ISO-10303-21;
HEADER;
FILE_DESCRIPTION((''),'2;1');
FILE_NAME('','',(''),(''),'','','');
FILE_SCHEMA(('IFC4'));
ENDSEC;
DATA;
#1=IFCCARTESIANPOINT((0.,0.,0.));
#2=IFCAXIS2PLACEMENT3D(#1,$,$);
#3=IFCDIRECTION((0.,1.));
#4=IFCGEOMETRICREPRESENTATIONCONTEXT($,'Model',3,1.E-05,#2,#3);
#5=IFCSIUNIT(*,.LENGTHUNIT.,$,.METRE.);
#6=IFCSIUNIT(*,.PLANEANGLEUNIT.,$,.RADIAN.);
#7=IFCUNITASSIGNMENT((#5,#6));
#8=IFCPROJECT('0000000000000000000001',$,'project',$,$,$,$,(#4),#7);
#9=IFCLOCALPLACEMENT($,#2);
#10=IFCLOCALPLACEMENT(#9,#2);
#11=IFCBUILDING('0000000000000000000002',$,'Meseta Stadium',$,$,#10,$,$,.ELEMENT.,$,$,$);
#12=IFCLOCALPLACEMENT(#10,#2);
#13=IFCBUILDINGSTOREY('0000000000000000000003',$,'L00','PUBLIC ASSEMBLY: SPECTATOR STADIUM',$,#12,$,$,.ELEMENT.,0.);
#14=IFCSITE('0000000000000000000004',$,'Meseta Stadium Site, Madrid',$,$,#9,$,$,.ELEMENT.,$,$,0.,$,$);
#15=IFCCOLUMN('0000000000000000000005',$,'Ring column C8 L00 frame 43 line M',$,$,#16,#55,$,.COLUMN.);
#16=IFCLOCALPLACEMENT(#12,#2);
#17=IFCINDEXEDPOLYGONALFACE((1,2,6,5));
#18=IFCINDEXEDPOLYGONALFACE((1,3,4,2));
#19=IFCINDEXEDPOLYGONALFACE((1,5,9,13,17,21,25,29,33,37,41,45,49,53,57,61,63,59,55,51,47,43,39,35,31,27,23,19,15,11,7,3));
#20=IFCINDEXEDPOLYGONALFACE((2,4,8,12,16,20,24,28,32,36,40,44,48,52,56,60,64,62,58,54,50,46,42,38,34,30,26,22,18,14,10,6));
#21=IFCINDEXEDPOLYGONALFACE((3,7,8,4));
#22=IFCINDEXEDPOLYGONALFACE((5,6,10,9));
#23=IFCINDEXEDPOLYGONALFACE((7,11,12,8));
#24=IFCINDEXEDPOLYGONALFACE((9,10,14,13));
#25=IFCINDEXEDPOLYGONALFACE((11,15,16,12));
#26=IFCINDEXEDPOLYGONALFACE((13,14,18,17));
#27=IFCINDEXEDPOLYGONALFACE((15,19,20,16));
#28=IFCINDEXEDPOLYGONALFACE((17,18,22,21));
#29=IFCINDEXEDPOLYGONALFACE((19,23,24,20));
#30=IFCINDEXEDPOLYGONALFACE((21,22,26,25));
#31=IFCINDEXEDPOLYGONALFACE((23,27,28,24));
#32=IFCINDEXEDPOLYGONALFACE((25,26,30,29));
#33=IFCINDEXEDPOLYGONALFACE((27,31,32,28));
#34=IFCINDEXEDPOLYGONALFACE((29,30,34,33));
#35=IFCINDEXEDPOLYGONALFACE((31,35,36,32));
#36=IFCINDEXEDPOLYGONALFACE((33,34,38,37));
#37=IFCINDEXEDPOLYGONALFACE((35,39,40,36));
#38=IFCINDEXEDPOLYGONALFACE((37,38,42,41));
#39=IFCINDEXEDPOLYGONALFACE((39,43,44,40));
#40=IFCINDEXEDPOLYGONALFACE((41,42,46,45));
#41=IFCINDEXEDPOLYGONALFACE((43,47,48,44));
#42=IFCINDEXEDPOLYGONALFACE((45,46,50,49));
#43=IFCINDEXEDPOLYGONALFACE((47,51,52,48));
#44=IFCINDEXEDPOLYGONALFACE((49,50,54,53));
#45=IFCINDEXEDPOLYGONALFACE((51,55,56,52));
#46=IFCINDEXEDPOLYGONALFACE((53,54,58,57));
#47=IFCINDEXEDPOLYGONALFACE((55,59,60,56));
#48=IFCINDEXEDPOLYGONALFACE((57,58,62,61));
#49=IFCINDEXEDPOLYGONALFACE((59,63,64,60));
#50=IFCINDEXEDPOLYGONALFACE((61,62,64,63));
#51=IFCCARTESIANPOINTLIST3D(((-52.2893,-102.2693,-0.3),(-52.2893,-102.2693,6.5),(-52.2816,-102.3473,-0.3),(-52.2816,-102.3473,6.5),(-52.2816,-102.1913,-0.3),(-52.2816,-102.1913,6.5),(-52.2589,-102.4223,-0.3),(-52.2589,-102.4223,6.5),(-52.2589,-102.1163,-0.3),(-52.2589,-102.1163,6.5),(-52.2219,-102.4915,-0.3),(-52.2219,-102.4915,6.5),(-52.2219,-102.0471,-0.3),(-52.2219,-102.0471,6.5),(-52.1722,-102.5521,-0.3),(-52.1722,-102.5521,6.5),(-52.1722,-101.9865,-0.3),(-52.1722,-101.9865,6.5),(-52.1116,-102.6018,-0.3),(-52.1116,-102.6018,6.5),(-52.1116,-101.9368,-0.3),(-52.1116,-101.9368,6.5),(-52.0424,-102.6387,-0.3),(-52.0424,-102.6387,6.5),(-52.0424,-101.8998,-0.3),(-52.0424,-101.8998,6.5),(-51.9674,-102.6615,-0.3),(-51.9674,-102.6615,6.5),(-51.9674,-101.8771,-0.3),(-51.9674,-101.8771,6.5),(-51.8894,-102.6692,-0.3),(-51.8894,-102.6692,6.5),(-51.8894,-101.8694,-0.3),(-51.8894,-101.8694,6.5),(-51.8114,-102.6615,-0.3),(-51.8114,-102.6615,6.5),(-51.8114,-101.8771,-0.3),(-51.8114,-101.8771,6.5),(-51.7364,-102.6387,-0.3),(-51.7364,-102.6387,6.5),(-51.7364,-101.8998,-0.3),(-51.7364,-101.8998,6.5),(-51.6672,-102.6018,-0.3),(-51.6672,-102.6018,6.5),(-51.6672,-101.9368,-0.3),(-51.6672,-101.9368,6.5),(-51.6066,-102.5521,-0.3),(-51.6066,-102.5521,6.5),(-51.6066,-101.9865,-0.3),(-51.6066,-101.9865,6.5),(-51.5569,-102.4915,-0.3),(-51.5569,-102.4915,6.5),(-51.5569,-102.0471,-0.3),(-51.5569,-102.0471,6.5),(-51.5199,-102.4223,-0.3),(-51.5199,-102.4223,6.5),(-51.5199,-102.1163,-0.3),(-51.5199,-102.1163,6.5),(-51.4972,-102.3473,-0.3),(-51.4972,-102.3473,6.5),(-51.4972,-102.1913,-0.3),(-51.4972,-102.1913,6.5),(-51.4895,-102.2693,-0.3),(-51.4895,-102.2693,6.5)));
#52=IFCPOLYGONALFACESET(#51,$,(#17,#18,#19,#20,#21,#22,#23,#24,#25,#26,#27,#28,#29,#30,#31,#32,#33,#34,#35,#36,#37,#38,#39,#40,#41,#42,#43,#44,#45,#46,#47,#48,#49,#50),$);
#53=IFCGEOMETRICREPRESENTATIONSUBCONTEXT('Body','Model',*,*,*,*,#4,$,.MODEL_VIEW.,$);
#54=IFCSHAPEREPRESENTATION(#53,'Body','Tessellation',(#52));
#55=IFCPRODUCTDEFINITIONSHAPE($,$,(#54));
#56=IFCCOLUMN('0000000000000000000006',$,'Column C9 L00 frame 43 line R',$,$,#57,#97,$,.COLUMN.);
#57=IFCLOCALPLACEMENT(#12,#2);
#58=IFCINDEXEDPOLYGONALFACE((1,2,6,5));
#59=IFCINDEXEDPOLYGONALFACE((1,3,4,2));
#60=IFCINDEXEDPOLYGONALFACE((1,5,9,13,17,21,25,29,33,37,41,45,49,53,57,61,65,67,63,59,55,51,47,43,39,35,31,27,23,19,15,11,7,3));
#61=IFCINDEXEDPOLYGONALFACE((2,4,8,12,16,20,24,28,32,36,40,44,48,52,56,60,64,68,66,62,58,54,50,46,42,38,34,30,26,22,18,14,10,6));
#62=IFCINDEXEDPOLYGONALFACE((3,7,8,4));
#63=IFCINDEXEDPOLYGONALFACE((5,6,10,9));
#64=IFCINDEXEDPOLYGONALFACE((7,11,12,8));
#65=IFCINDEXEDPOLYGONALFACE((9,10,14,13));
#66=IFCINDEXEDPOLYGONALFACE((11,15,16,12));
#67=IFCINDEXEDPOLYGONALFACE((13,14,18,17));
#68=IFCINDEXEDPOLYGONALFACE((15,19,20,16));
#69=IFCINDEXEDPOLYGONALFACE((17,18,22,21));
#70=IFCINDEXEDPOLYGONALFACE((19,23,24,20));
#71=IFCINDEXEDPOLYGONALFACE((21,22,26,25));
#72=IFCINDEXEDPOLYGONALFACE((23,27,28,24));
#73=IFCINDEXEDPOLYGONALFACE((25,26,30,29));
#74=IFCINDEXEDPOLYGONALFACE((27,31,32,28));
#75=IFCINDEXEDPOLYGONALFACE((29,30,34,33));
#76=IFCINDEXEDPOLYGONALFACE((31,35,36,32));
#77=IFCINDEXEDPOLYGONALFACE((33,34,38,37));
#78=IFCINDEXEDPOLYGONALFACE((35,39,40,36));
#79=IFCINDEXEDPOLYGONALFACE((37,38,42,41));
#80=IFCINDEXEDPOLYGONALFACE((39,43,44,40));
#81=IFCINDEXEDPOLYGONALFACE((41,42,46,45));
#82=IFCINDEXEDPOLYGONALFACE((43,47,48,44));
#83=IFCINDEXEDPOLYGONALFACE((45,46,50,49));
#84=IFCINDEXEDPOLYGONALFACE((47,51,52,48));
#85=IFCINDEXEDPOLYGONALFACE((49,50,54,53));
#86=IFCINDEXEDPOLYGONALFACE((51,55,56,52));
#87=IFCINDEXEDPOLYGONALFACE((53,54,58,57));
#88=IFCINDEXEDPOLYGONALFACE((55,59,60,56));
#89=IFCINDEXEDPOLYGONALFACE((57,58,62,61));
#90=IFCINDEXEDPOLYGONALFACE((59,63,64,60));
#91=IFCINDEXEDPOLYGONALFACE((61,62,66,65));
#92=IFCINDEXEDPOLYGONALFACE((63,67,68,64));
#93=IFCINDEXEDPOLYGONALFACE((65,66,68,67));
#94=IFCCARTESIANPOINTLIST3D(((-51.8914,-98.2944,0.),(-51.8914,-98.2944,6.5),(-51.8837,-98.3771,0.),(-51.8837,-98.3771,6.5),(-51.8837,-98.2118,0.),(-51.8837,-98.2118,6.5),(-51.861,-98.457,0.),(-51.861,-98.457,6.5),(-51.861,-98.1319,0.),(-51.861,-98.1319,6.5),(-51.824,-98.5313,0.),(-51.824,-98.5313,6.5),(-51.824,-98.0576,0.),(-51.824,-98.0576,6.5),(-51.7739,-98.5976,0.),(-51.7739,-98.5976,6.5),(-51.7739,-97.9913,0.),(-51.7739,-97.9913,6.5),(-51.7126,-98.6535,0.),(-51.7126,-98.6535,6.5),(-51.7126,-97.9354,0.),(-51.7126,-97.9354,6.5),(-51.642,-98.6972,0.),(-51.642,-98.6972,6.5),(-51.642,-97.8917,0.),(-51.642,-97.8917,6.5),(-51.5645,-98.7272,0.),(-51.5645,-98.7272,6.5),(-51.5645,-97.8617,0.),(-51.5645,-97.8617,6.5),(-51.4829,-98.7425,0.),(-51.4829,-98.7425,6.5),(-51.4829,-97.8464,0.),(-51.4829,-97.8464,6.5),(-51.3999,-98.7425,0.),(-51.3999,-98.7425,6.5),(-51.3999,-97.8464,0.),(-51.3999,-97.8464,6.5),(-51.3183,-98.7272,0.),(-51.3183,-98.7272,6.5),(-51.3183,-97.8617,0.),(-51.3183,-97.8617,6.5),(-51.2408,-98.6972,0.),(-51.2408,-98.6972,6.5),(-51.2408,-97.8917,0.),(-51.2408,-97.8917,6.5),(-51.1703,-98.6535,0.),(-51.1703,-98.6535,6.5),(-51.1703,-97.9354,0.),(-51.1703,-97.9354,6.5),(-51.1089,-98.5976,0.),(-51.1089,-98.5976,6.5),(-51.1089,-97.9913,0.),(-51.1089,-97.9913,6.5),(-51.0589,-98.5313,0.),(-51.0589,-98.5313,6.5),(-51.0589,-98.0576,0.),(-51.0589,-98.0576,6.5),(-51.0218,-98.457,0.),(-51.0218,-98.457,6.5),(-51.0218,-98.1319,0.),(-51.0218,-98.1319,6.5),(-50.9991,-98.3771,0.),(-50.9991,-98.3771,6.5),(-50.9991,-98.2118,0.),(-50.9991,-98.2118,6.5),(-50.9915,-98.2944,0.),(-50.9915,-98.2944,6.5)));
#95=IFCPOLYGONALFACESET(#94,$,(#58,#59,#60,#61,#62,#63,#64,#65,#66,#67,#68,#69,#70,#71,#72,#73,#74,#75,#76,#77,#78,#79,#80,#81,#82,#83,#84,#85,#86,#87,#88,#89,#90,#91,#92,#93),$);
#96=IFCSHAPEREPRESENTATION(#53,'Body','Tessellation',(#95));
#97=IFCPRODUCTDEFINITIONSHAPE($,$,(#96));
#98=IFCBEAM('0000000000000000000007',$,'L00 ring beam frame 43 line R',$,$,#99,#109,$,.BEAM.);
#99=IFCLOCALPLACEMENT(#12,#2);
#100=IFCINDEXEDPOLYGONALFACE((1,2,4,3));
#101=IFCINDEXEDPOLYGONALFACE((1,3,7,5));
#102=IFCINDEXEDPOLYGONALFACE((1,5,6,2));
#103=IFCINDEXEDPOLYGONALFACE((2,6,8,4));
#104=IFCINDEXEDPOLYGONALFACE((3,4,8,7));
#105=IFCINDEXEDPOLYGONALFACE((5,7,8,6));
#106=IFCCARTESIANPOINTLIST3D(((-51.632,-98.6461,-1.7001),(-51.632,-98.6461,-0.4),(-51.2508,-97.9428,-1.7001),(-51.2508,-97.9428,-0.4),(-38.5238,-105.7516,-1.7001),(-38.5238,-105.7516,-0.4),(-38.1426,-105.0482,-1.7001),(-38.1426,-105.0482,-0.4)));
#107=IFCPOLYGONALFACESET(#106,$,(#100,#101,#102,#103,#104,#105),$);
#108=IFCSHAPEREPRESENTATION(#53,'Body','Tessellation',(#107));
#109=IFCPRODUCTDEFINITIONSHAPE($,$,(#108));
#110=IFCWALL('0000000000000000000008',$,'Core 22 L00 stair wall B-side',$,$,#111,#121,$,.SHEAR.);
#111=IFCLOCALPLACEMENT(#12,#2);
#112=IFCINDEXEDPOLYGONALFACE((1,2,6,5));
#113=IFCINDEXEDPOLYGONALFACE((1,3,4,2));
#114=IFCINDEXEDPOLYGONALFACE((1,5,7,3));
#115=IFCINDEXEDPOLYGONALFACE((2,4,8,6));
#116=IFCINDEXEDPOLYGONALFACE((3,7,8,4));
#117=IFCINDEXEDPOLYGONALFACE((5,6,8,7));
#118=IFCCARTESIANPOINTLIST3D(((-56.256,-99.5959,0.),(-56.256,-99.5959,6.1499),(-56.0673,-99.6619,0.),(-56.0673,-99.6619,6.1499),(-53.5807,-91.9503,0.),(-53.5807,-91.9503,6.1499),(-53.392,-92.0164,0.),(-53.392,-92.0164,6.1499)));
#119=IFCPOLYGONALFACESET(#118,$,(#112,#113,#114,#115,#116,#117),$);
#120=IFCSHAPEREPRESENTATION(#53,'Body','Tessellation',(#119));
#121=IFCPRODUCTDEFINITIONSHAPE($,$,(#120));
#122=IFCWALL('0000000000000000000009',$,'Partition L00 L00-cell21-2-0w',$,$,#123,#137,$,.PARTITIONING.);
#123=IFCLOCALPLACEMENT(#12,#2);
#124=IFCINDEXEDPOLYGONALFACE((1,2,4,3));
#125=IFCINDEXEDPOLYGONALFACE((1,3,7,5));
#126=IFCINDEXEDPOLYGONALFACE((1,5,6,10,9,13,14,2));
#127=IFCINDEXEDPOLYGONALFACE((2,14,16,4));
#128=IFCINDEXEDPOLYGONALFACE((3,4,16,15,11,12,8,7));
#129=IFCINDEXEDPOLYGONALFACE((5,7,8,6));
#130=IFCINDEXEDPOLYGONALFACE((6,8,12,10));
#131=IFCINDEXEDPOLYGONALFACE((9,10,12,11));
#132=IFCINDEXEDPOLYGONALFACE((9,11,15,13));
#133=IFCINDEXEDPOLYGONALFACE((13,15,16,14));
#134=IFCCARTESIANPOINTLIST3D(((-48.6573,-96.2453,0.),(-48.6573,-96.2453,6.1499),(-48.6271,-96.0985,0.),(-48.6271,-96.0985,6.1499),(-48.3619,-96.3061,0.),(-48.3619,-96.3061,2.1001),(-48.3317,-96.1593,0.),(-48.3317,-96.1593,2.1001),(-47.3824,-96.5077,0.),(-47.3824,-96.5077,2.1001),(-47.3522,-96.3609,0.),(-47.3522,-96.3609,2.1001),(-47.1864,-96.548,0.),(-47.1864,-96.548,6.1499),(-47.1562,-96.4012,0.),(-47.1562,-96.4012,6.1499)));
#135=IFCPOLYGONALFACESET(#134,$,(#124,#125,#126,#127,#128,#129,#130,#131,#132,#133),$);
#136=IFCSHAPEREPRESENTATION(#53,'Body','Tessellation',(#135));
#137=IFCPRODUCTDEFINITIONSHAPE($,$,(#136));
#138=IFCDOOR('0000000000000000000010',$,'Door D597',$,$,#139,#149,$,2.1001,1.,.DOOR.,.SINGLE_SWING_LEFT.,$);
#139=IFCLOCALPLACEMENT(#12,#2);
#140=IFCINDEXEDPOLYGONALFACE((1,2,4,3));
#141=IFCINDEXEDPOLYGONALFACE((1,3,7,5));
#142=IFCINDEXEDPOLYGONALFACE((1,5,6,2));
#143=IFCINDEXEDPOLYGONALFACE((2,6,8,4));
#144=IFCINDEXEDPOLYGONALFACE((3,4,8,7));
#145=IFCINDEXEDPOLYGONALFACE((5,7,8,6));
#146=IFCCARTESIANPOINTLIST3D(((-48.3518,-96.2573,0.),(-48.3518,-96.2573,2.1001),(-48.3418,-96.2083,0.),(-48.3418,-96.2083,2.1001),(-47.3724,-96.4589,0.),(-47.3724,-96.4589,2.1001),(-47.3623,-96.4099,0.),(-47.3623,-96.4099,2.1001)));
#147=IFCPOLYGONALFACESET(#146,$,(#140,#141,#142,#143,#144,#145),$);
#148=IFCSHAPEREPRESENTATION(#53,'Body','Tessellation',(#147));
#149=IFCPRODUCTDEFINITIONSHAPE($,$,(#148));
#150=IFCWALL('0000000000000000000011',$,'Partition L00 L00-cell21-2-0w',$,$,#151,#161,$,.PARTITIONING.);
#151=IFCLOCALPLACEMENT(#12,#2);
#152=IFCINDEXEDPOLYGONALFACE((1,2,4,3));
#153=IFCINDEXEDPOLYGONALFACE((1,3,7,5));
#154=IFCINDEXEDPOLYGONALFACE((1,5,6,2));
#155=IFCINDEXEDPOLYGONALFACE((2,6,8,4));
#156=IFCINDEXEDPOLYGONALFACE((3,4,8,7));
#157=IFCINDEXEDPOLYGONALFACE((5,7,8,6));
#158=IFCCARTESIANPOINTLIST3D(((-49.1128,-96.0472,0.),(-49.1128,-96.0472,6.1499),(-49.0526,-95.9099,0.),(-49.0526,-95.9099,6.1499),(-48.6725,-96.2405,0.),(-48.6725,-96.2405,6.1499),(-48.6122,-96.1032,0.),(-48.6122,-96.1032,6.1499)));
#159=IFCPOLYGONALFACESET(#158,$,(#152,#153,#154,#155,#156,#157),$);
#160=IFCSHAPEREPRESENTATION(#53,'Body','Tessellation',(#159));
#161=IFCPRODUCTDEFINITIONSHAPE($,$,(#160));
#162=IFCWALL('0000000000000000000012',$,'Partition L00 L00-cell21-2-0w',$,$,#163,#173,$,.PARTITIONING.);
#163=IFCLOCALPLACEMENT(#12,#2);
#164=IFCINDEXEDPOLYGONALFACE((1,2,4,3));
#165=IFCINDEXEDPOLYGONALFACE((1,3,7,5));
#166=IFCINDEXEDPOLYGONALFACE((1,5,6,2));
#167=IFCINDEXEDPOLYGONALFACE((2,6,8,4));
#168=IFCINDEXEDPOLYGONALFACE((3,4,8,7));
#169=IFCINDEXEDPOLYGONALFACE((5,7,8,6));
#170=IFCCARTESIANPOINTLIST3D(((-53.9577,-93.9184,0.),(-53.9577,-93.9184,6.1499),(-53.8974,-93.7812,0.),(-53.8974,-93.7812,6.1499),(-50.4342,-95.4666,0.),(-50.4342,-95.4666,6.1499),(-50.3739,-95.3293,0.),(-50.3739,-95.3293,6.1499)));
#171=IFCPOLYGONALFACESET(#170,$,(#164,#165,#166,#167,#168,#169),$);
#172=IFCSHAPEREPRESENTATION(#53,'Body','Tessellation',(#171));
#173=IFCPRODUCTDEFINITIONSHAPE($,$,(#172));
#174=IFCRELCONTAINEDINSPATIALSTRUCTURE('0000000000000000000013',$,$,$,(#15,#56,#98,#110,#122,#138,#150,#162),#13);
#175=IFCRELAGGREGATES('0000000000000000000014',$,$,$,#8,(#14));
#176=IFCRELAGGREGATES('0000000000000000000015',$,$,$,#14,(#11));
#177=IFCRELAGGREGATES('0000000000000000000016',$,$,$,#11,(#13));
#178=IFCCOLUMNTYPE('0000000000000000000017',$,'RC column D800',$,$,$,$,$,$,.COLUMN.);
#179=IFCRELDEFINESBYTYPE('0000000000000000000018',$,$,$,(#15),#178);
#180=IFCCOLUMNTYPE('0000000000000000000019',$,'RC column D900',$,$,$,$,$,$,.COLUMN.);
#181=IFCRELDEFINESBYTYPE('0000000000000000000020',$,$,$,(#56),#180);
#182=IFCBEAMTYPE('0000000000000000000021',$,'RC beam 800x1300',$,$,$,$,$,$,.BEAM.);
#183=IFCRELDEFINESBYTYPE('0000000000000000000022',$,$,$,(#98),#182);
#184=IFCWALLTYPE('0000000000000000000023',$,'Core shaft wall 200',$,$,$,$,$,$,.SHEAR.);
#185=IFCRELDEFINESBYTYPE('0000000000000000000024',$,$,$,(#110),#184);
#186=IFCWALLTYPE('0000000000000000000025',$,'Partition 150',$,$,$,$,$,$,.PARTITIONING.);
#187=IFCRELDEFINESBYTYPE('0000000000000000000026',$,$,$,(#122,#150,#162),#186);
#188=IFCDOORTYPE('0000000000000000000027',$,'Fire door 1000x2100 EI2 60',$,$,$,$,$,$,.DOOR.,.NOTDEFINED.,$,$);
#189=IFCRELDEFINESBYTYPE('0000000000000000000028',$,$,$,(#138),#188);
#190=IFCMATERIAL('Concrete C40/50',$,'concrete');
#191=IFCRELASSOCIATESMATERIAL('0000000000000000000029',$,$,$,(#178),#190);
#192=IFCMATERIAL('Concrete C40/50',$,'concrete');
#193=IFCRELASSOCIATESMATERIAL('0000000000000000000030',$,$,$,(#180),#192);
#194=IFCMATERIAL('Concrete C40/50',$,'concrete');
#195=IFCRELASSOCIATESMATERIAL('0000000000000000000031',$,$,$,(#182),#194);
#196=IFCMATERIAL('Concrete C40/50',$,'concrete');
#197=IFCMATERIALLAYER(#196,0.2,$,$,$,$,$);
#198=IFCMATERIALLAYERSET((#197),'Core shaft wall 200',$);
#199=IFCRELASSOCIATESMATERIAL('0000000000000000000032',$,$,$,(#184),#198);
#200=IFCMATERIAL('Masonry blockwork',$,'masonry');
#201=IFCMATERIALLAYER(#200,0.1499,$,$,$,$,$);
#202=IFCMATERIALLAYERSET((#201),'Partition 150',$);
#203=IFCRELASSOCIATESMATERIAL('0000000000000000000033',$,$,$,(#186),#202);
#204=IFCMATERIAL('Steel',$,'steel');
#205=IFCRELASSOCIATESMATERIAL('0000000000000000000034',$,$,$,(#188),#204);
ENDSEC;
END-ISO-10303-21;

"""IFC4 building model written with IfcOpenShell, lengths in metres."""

from ifc_helpers import new_model, si_unit, direction, frame, frame_2d, origin, origin_2d, place, context, subcontext, project, spatial, rectangle, circle, extrude, material, layer, layer_set, material_profile, profile_set, type_object, element, fill, save


model = new_model("IFC4")

# Units and contexts
model_context = context("Model", 3, precision=1e-05, world=origin(), true_north=direction((0.0, 1.0)))
body_context = subcontext(model_context, "Body", "Model", "MODEL_VIEW")
ifc_project = project(units=[si_unit("LENGTHUNIT", "METRE"), si_unit("PLANEANGLEUNIT", "RADIAN")], contexts=[model_context])

# Site, building, storey
site_placement = place(None, origin())
site = spatial("IfcSite", under=ifc_project, at=site_placement, Name="Meseta Stadium Site, Madrid", CompositionType="ELEMENT", RefElevation=0.0)
building_placement = place(site_placement, origin())
building = spatial("IfcBuilding", under=site, at=building_placement, Name="Meseta Stadium", CompositionType="ELEMENT")
storey_placement = place(building_placement, origin())
storey = spatial("IfcBuildingStorey", under=building, at=storey_placement, Name="L00", Description="PUBLIC ASSEMBLY: SPECTATOR STADIUM", CompositionType="ELEMENT", Elevation=0.0)

# Columns
ifc_material_1 = material(Name="Concrete C40/50", Category="concrete")
ifc_material_profile_1 = material_profile(ifc_material_1, circle(Radius=0.3999, at=origin_2d()), Name="RC D800")
ifc_profile_set_1 = profile_set([ifc_material_profile_1], Name="Concrete C40/50")
column_type_1 = type_object("IfcColumnType", Name="RC column D800", PredefinedType="COLUMN", material=ifc_profile_set_1)
column_1_placement = place(storey_placement, frame((-51.8894, -102.2693, -0.3), z_axis=(0.0, 0.0, 1.0), x_axis=(1.0, 0.0, 0.0)))
element("IfcColumn", 1, at=column_1_placement, inside=storey, type_object=column_type_1, Name="Ring column C8 L00 frame 43 line M", PredefinedType="COLUMN", context=body_context, shape_type="SweptSolid", body=[
    extrude(circle(Radius=0.3999, at=origin_2d()), origin(), (0.0, 0.0, 1.0), 6.8),
])
ifc_material_2 = material(Name="Concrete C40/50", Category="concrete")
ifc_material_profile_2 = material_profile(ifc_material_2, circle(Radius=0.45, at=origin_2d()), Name="RC D900")
ifc_profile_set_2 = profile_set([ifc_material_profile_2], Name="Concrete C40/50")
column_type_2 = type_object("IfcColumnType", Name="RC column D900", PredefinedType="COLUMN", material=ifc_profile_set_2)
column_2_placement = place(storey_placement, frame((-51.4414, -98.2944, 0.0), z_axis=(0.0, 0.0, 1.0), x_axis=(1.0, 0.0, 0.0)))
element("IfcColumn", 2, at=column_2_placement, inside=storey, type_object=column_type_2, Name="Column C9 L00 frame 43 line R", PredefinedType="COLUMN", context=body_context, shape_type="SweptSolid", body=[
    extrude(circle(Radius=0.45, at=origin_2d()), origin(), (0.0, 0.0, 1.0), 6.5),
])

# Beam
ifc_material_3 = material(Name="Concrete C40/50", Category="concrete")
ifc_material_profile_3 = material_profile(ifc_material_3, rectangle(XDim=0.8, YDim=1.3, at=origin_2d()), Name="RC 800x1300")
ifc_profile_set_3 = profile_set([ifc_material_profile_3], Name="Concrete C40/50")
beam_type = type_object("IfcBeamType", Name="RC beam 800x1300", PredefinedType="BEAM", material=ifc_profile_set_3)
beam_placement = place(storey_placement, frame((-51.4414, -98.2944, -1.05), z_axis=(0.879145, -0.476554, 0.0), x_axis=(0.476554, 0.879145, 0.0)))
element("IfcBeam", 3, at=beam_placement, inside=storey, type_object=beam_type, Name="L00 ring beam frame 43 line R", PredefinedType="BEAM", context=body_context, shape_type="SweptSolid", body=[
    extrude(rectangle(XDim=0.8, YDim=1.3, at=origin_2d()), origin(), (0.0, 0.0, 1.0), 14.9102),
])

# Wall
ifc_material_4 = material(Name="Concrete C40/50", Category="concrete")
ifc_layer_1 = layer(ifc_material_4, 0.2)
ifc_layer_set_1 = layer_set([ifc_layer_1], Name="Core shaft wall 200")
wall_type_1 = type_object("IfcWallType", Name="Core shaft wall 200", PredefinedType="SHEAR", material=ifc_layer_set_1)
wall_1_placement = place(storey_placement, frame((-56.1616, -99.6289, 0.0), z_axis=(0.0, 0.0, 1.0), x_axis=(0.330281, 0.943883, 0.0)))
element("IfcWall", 4, at=wall_1_placement, inside=storey, type_object=wall_type_1, Name="Core 22 L00 stair wall B-side", PredefinedType="SHEAR", context=body_context, shape_type="SweptSolid", body=[
    extrude(rectangle(XDim=8.1001, YDim=0.2, at=frame_2d((4.05, 0.0))), origin(), (0.0, 0.0, 1.0), 6.1499),
])

# Wall, opening, door
ifc_material_5 = material(Name="Masonry blockwork", Category="masonry")
ifc_layer_2 = layer(ifc_material_5, 0.1499)
ifc_layer_set_2 = layer_set([ifc_layer_2], Name="Partition 150")
wall_type_2 = type_object("IfcWallType", Name="Partition 150", PredefinedType="PARTITIONING", material=ifc_layer_set_2)
wall_2_placement = place(storey_placement, frame((-48.6423, -96.1719, 0.0), z_axis=(0.0, 0.0, 1.0), x_axis=(0.979471, -0.201584, 0.0)))
wall_2 = element("IfcWall", 5, at=wall_2_placement, inside=storey, type_object=wall_type_2, Name="Partition L00 L00-cell21-2-0w", PredefinedType="PARTITIONING", context=body_context, shape_type="SweptSolid", body=[
    extrude(rectangle(XDim=1.5017, YDim=0.1499, at=frame_2d((0.751, 0.0))), origin(), (0.0, 0.0, 1.0), 6.1499),
])
opening_1_placement = place(wall_2_placement, frame((0.3018, 0.0, 0.0)))
opening_1 = element("IfcOpeningElement", 6, at=opening_1_placement, cuts=wall_2, PredefinedType="OPENING", context=body_context, shape_type="SweptSolid", body=[
    extrude(rectangle(XDim=1.0, YDim=2.1001, at=frame_2d((0.5, 1.05))), frame((0.0, 0.085, 0.0), z_axis=(0.0, -1.0, 0.0), x_axis=(1.0, 0.0, 0.0)), (0.0, 0.0, 1.0), 0.1699),
])
ifc_material_6 = material(Name="Steel", Category="steel")
door_type = type_object("IfcDoorType", Name="Fire door 1000x2100 EI2 60", OperationType="NOTDEFINED", PredefinedType="DOOR", material=ifc_material_6)
door_1_placement = place(opening_1_placement, origin())
door_1 = element("IfcDoor", 7, at=door_1_placement, inside=storey, type_object=door_type, Name="Door D597", OperationType="SINGLE_SWING_LEFT", OverallHeight=2.1001, OverallWidth=1.0, PredefinedType="DOOR", context=body_context, shape_type="SweptSolid", body=[
    extrude(rectangle(XDim=1.0, YDim=2.1001, at=frame_2d((0.5, 1.05))), frame((0.0, 0.0249, 0.0), z_axis=(0.0, -1.0, 0.0), x_axis=(1.0, 0.0, 0.0)), (0.0, 0.0, 1.0), 0.05),
])
fill(opening_1, door_1)

# Walls
wall_3_placement = place(storey_placement, frame((-48.6423, -96.1719, 0.0), z_axis=(0.0, 0.0, 1.0), x_axis=(-0.915644, 0.40199, 0.0)))
element("IfcWall", 8, at=wall_3_placement, inside=storey, type_object=wall_type_2, Name="Partition L00 L00-cell21-2-0w", PredefinedType="PARTITIONING", context=body_context, shape_type="SweptSolid", body=[
    extrude(rectangle(XDim=0.481, YDim=0.1499, at=frame_2d((0.2405, 0.0))), origin(), (0.0, 0.0, 1.0), 6.1499),
])
wall_4_placement = place(storey_placement, frame((-50.4041, -95.3979, 0.0), z_axis=(0.0, 0.0, 1.0), x_axis=(-0.915527, 0.402256, 0.0)))
element("IfcWall", 9, at=wall_4_placement, inside=storey, type_object=wall_type_2, Name="Partition L00 L00-cell21-2-0w", PredefinedType="PARTITIONING", context=body_context, shape_type="SweptSolid", body=[
    extrude(rectangle(XDim=3.8486, YDim=0.1499, at=frame_2d((1.9243, 0.0))), origin(), (0.0, 0.0, 1.0), 6.1499),
])

save(model, "model.ifc")
